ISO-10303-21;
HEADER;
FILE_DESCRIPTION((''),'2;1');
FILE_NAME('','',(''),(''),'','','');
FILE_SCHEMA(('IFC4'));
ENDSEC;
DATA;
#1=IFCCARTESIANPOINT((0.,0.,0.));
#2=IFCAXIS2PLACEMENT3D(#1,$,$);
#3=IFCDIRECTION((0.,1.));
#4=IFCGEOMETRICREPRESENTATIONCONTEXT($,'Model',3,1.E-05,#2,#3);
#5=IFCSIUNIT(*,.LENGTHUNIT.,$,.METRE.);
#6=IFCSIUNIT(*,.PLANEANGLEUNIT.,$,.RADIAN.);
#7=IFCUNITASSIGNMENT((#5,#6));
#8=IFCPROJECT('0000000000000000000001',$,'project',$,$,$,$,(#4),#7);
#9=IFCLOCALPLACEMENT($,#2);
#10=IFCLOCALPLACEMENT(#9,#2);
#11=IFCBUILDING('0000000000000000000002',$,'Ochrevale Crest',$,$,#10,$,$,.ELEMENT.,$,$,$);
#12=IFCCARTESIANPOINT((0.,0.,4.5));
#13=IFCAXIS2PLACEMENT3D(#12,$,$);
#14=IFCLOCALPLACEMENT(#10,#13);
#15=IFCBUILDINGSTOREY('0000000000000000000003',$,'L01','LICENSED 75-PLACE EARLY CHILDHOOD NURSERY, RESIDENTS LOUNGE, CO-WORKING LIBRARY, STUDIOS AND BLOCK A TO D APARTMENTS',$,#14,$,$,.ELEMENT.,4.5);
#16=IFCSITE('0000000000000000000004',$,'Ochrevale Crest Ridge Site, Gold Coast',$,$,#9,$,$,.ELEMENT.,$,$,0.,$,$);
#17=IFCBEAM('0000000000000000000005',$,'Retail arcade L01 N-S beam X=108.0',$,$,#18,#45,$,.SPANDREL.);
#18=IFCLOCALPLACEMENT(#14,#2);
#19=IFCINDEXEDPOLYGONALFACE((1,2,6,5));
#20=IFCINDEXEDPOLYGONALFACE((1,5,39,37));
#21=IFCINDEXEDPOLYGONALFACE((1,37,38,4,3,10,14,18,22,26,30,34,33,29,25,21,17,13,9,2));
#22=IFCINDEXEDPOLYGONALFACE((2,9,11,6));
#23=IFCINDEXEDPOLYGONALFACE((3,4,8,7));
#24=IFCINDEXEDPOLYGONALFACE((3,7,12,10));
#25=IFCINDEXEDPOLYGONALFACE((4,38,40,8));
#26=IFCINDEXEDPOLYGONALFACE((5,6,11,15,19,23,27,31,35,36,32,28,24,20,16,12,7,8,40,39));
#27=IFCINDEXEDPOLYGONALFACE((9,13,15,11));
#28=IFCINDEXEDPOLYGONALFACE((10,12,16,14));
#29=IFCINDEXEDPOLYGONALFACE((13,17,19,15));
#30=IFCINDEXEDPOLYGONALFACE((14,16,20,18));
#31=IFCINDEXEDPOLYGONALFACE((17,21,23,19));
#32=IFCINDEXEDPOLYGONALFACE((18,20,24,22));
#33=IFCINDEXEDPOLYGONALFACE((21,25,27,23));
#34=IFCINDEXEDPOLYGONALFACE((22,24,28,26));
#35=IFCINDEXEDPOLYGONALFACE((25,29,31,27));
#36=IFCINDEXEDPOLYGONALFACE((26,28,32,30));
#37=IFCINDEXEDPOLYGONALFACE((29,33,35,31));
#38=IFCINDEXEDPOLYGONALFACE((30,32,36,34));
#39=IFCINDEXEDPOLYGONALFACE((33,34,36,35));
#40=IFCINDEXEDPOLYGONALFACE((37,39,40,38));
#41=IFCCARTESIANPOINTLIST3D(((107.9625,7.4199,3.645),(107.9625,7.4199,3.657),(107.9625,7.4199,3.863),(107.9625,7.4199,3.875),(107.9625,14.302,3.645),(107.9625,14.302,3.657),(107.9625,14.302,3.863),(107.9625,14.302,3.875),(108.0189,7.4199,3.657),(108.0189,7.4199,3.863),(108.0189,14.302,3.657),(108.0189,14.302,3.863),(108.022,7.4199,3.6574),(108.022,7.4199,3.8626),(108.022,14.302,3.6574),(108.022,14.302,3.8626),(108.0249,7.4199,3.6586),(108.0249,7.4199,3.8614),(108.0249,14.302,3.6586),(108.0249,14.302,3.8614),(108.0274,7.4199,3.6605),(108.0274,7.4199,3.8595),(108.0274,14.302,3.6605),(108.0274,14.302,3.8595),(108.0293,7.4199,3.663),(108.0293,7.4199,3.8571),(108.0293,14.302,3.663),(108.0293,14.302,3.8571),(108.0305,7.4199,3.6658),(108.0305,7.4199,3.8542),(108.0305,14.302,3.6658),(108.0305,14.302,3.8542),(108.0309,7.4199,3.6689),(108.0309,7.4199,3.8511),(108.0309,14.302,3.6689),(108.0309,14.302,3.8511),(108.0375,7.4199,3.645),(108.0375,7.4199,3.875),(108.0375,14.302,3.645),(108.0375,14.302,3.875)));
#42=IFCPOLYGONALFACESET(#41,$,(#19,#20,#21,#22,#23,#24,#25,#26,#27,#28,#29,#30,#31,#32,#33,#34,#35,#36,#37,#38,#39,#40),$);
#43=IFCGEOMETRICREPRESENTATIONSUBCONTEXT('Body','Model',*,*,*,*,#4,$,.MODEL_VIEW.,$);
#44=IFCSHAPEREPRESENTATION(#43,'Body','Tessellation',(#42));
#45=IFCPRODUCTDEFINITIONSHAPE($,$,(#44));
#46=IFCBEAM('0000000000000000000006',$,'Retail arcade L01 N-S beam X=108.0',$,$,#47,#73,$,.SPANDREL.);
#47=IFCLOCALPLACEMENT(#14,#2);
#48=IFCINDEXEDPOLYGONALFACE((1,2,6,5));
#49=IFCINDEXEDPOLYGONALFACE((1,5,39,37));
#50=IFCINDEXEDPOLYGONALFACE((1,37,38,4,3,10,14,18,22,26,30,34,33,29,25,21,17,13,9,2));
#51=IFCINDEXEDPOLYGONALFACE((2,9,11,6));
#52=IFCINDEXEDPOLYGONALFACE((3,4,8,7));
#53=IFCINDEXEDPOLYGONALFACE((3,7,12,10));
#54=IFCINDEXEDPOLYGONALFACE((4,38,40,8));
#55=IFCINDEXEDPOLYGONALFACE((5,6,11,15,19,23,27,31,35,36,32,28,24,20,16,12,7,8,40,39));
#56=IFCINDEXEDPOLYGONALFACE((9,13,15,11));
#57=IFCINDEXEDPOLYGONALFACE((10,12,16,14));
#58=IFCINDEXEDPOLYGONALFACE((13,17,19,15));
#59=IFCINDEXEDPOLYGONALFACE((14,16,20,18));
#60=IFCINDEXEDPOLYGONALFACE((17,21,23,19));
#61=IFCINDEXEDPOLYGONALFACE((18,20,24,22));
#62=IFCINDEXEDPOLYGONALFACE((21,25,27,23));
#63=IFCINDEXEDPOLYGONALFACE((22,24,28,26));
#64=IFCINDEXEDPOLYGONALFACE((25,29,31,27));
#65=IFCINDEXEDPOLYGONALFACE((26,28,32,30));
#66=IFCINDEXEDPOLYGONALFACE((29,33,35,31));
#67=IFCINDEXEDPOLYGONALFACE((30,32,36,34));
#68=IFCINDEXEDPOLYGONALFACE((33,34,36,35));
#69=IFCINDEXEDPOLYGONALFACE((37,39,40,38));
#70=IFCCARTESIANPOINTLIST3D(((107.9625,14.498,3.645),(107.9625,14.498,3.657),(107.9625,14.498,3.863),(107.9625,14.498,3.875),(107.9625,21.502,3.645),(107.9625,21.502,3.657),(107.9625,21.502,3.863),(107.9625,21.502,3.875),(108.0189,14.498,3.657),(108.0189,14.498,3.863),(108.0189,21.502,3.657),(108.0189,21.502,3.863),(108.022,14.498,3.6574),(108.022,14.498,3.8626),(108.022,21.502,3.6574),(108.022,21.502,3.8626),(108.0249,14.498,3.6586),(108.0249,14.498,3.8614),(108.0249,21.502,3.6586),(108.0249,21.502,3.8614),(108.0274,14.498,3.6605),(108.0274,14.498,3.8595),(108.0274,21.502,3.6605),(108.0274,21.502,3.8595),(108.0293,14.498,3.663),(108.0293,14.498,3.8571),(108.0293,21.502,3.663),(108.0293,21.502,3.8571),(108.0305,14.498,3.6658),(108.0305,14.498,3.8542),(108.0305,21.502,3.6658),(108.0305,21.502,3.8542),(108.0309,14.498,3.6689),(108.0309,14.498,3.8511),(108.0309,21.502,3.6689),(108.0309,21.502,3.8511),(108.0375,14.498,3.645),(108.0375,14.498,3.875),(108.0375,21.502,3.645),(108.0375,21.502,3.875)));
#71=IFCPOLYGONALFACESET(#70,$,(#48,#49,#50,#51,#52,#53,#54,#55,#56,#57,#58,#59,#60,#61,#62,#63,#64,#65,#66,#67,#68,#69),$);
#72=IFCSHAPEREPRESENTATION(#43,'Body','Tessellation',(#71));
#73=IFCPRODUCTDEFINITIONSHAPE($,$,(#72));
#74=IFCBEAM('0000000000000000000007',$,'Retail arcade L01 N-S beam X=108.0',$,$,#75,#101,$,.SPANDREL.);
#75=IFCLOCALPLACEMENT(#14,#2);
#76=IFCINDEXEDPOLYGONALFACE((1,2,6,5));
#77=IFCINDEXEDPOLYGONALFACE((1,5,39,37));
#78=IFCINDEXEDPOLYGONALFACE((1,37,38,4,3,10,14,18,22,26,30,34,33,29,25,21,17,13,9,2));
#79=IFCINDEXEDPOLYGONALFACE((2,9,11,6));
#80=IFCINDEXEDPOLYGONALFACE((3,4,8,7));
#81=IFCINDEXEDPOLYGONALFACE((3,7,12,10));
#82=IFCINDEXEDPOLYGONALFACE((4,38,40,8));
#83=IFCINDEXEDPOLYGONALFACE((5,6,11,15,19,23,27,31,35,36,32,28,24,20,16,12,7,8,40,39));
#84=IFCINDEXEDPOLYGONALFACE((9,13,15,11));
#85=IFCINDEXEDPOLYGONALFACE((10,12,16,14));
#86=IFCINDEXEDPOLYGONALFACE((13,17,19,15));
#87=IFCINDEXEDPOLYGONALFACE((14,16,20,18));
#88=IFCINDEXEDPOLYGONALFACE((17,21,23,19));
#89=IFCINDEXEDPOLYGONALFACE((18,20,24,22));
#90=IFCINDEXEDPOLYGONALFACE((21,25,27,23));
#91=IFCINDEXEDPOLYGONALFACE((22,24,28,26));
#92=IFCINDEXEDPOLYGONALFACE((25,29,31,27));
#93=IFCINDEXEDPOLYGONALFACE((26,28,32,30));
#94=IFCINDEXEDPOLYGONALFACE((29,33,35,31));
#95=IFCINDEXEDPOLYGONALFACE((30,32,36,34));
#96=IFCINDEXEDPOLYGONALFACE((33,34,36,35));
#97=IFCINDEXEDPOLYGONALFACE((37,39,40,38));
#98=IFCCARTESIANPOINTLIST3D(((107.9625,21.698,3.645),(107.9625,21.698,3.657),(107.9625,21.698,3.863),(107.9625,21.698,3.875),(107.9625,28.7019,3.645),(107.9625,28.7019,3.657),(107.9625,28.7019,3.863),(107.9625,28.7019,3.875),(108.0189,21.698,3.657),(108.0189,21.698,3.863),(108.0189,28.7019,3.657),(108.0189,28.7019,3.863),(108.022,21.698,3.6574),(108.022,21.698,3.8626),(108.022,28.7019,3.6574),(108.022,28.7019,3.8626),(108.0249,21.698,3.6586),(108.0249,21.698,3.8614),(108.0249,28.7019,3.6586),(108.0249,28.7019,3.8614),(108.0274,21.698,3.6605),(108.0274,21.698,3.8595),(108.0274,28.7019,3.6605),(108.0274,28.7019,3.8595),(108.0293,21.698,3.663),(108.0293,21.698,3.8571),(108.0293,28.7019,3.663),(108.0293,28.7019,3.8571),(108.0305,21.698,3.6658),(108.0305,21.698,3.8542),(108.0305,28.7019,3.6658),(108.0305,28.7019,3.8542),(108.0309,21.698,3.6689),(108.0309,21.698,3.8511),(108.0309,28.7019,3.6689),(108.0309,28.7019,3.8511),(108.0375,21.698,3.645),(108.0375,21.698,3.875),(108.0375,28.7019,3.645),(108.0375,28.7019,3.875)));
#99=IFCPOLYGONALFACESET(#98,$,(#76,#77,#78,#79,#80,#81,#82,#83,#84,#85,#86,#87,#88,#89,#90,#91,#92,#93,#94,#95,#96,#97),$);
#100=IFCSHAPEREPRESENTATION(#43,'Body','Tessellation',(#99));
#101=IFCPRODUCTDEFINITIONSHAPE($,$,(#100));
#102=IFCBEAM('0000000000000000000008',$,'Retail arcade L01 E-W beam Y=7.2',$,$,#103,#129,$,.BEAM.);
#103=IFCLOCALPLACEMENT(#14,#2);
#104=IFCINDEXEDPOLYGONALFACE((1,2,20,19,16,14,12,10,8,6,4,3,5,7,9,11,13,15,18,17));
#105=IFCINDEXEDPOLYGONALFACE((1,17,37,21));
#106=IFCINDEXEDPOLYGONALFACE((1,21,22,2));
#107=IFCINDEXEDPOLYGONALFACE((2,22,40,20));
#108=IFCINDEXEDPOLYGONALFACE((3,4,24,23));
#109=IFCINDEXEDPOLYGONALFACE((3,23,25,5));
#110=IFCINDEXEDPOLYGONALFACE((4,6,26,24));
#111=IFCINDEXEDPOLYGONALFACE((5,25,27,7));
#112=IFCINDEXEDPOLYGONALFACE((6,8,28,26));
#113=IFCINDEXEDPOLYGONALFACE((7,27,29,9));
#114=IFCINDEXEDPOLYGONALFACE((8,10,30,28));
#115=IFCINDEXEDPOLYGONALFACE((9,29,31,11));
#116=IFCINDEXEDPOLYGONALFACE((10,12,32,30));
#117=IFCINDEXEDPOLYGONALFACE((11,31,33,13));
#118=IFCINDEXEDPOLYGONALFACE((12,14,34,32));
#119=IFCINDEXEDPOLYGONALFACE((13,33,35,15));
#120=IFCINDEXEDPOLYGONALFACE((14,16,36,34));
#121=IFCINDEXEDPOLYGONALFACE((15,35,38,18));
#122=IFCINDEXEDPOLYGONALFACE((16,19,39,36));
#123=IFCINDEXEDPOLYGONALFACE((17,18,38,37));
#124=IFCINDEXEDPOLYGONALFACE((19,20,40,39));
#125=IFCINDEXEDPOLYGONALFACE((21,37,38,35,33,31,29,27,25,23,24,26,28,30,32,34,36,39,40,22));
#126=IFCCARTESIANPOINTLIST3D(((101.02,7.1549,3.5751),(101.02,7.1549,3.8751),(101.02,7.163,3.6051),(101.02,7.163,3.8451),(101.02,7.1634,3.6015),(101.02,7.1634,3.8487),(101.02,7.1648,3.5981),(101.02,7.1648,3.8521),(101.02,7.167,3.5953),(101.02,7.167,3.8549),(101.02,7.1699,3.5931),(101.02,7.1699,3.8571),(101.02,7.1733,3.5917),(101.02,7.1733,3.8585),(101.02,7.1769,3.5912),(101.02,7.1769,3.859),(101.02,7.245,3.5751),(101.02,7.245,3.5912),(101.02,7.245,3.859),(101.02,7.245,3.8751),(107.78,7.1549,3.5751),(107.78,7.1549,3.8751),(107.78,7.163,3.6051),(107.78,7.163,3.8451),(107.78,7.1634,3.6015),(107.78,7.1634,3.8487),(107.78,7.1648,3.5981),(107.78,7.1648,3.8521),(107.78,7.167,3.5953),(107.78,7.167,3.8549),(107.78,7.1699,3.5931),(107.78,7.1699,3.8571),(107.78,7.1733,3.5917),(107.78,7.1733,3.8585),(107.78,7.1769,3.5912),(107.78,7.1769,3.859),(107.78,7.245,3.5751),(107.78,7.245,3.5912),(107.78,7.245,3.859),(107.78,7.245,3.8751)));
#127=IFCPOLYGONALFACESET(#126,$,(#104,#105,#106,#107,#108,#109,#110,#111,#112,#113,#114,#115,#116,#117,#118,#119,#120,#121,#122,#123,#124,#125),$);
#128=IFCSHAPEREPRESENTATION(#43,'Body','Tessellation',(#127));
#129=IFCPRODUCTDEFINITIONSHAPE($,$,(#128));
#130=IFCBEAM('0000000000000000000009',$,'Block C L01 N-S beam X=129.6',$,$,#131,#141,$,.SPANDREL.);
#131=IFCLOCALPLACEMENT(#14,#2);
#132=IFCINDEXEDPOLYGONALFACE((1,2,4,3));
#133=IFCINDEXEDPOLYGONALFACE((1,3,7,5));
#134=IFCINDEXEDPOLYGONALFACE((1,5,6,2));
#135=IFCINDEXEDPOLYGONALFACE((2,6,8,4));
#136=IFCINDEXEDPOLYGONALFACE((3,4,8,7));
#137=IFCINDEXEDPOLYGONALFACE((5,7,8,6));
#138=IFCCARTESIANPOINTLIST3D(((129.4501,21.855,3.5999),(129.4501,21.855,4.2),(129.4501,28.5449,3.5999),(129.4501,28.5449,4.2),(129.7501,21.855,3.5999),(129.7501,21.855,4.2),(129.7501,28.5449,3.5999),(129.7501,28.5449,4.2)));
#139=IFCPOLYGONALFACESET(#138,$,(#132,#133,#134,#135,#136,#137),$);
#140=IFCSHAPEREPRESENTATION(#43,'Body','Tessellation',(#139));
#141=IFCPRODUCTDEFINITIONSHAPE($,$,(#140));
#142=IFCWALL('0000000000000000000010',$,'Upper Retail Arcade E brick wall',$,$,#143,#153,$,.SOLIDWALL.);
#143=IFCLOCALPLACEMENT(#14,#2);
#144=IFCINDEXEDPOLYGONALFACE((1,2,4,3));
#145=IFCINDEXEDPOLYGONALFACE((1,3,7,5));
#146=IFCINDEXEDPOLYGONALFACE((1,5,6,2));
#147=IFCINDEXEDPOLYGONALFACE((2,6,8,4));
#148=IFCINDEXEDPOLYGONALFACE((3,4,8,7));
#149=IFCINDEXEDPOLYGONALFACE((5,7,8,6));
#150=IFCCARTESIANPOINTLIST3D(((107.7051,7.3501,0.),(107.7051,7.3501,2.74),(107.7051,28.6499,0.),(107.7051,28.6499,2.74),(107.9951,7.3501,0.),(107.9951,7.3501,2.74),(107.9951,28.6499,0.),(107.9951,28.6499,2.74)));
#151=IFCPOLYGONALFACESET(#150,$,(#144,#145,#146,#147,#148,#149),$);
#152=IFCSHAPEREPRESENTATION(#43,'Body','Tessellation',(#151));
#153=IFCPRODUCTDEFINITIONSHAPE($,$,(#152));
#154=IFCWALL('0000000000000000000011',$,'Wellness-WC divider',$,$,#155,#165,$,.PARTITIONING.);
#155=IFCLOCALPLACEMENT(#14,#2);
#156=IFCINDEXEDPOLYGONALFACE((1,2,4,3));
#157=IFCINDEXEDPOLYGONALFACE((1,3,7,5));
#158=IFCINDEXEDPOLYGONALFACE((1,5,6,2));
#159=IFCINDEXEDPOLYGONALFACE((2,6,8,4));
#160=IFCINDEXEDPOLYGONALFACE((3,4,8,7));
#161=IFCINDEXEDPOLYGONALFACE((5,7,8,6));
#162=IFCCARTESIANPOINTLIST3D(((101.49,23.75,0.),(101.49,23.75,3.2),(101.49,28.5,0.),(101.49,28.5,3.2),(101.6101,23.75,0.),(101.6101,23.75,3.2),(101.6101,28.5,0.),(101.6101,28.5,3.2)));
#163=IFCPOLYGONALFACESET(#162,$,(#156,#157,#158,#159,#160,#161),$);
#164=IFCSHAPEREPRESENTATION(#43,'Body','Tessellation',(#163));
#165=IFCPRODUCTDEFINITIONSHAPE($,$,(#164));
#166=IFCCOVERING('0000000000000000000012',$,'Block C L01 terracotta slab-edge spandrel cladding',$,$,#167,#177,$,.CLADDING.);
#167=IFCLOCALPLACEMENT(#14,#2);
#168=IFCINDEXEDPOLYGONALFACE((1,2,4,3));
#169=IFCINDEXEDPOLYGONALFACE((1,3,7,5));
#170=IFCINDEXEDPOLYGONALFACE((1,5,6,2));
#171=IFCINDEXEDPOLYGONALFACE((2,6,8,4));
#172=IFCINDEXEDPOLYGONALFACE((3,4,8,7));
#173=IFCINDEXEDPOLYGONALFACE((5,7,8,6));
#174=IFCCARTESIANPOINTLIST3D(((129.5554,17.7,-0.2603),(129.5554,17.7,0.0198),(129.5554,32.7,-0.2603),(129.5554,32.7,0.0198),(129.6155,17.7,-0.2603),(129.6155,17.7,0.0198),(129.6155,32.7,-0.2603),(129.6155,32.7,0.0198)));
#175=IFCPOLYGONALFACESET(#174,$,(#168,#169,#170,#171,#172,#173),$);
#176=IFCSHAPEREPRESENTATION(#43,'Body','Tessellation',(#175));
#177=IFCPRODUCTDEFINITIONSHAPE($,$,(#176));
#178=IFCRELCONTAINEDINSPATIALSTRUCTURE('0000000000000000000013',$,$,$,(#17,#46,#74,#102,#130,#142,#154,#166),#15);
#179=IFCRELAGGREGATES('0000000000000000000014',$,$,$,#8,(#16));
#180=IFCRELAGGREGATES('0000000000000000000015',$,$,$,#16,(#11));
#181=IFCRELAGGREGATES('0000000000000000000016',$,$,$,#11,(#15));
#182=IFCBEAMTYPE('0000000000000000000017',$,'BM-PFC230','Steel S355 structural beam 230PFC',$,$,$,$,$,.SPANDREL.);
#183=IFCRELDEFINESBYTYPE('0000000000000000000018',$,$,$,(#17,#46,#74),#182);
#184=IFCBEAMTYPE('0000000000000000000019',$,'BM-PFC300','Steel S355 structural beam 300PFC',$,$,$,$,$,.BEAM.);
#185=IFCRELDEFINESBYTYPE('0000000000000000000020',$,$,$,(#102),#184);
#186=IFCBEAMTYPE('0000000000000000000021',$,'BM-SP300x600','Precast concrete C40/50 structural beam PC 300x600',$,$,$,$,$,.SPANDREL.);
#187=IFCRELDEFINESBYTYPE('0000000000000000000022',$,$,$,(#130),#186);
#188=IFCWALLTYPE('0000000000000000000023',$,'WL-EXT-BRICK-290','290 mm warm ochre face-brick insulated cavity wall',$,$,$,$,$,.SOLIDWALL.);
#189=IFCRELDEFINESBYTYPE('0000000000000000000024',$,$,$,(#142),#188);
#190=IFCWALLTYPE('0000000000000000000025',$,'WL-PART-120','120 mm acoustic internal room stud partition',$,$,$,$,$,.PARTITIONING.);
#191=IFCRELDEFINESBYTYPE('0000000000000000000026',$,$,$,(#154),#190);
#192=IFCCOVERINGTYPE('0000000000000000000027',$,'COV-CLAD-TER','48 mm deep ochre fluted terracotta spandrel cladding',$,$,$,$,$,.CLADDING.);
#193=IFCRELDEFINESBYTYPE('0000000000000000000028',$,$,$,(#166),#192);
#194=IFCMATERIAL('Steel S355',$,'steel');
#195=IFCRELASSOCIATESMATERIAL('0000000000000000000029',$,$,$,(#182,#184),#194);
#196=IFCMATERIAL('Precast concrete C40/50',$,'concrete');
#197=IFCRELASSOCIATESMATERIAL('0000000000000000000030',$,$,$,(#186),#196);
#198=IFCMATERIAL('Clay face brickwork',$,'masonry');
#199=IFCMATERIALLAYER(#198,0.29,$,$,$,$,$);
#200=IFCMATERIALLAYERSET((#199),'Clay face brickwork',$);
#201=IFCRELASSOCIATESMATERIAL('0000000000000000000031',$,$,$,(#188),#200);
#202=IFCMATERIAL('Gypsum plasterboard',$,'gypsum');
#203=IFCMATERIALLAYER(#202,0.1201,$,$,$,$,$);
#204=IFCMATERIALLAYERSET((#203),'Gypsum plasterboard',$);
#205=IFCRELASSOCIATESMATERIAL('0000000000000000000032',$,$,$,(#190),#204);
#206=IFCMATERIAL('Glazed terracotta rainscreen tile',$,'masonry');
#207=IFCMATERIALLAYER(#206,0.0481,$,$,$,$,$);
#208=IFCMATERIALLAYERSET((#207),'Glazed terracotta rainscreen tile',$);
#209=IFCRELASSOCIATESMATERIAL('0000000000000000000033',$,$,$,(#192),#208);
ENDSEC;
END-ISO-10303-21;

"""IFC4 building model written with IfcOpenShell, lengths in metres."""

from ifc_helpers import new_model, si_unit, direction, frame, frame_2d, origin, origin_2d, place, context, subcontext, project, spatial, rectangle, u_section, extrude, material, layer, layer_set, material_profile, profile_set, type_object, element, save


model = new_model("IFC4")

# Units and contexts
model_context = context("Model", 3, precision=1e-05, world=origin(), true_north=direction((0.0, 1.0)))
body_context = subcontext(model_context, "Body", "Model", "MODEL_VIEW")
ifc_project = project(units=[si_unit("LENGTHUNIT", "METRE"), si_unit("PLANEANGLEUNIT", "RADIAN")], contexts=[model_context])

# Site, building, storey
site_placement = place(None, origin())
site = spatial("IfcSite", under=ifc_project, at=site_placement, Name="Ochrevale Crest Ridge Site, Gold Coast", CompositionType="ELEMENT", RefElevation=0.0)
building_placement = place(site_placement, origin())
building = spatial("IfcBuilding", under=site, at=building_placement, Name="Ochrevale Crest", CompositionType="ELEMENT")
storey_placement = place(building_placement, frame((0.0, 0.0, 4.5)))
storey = spatial("IfcBuildingStorey", under=building, at=storey_placement, Name="L01", Description="LICENSED 75-PLACE EARLY CHILDHOOD NURSERY, RESIDENTS LOUNGE, CO-WORKING LIBRARY, STUDIOS AND BLOCK A TO D APARTMENTS", CompositionType="ELEMENT", Elevation=4.5)

# Shared definitions
ifc_material_1 = material(Name="Precast concrete C40/50", Category="concrete")
ifc_material_2 = material(Name="Steel S355", Category="steel")

# Beams
ifc_material_profile_1 = material_profile(ifc_material_2, u_section(Depth=0.23, FlangeWidth=0.075, WebThickness=0.0066, FlangeThickness=0.012, FilletRadius=0.012, at=origin_2d()), Name="230PFC")
ifc_profile_set_1 = profile_set([ifc_material_profile_1], Name="Steel S355")
beam_type_1 = type_object("IfcBeamType", Name="BM-PFC230", Description="Steel S355 structural beam 230PFC", PredefinedType="SPANDREL", material=ifc_profile_set_1)
beam_1_placement = place(storey_placement, frame((108.0, 7.4199, 3.76), z_axis=(0.0, 1.0, 0.0), x_axis=(-1.0, 0.0, 0.0)))
element("IfcBeam", 1, at=beam_1_placement, inside=storey, type_object=beam_type_1, Name="Retail arcade L01 N-S beam X=108.0", PredefinedType="SPANDREL", context=body_context, shape_type="SweptSolid", body=[
    extrude(u_section(Depth=0.23, FlangeWidth=0.075, WebThickness=0.0066, FlangeThickness=0.012, FilletRadius=0.012, at=origin_2d()), origin(), (0.0, 0.0, 1.0), 6.8821),
])
for number, where, z_axis, x_axis, name in (
    (2, (108.0, 14.498, 3.76), (0.0, 1.0, 0.0), (-1.0, 0.0, 0.0), "Retail arcade L01 N-S beam X=108.0"),
    (3, (108.0, 21.698, 3.76), (0.0, 1.0, 0.0), (-1.0, 0.0, 0.0), "Retail arcade L01 N-S beam X=108.0"),
):
    element("IfcBeam", number, at=place(storey_placement, frame(where, z_axis=z_axis, x_axis=x_axis)), inside=storey, type_object=beam_type_1, Name=name, PredefinedType="SPANDREL", context=body_context, shape_type="SweptSolid", body=[
        extrude(u_section(Depth=0.23, FlangeWidth=0.075, WebThickness=0.0066, FlangeThickness=0.012, FilletRadius=0.012, at=origin_2d()), origin(), (0.0, 0.0, 1.0), 7.0039),
    ])
ifc_material_profile_2 = material_profile(ifc_material_2, u_section(Depth=0.3, FlangeWidth=0.0901, WebThickness=0.0081, FlangeThickness=0.0161, FilletRadius=0.0139, at=origin_2d()), Name="300PFC")
ifc_profile_set_2 = profile_set([ifc_material_profile_2], Name="Steel S355")
beam_type_2 = type_object("IfcBeamType", Name="BM-PFC300", Description="Steel S355 structural beam 300PFC", PredefinedType="BEAM", material=ifc_profile_set_2)
beam_2_placement = place(storey_placement, frame((101.02, 7.2, 3.7251), z_axis=(1.0, 0.0, 0.0), x_axis=(0.0, 1.0, 0.0)))
element("IfcBeam", 4, at=beam_2_placement, inside=storey, type_object=beam_type_2, Name="Retail arcade L01 E-W beam Y=7.2", PredefinedType="BEAM", context=body_context, shape_type="SweptSolid", body=[
    extrude(u_section(Depth=0.3, FlangeWidth=0.0901, WebThickness=0.0081, FlangeThickness=0.0161, FilletRadius=0.0139, at=origin_2d()), origin(), (0.0, 0.0, 1.0), 6.76),
])
ifc_material_profile_3 = material_profile(ifc_material_1, rectangle(XDim=0.3, YDim=0.6001, at=origin_2d()), Name="PC 300x600")
ifc_profile_set_3 = profile_set([ifc_material_profile_3], Name="Precast concrete C40/50")
beam_type_3 = type_object("IfcBeamType", Name="BM-SP300x600", Description="Precast concrete C40/50 structural beam PC 300x600", PredefinedType="SPANDREL", material=ifc_profile_set_3)
beam_3_placement = place(storey_placement, frame((129.6001, 21.855, 3.8999), z_axis=(0.0, 1.0, 0.0), x_axis=(-1.0, 0.0, 0.0)))
element("IfcBeam", 5, at=beam_3_placement, inside=storey, type_object=beam_type_3, Name="Block C L01 N-S beam X=129.6", PredefinedType="SPANDREL", context=body_context, shape_type="SweptSolid", body=[
    extrude(rectangle(XDim=0.3, YDim=0.6001, at=origin_2d()), origin(), (0.0, 0.0, 1.0), 6.6899),
])

# Walls
ifc_material_3 = material(Name="Clay face brickwork", Category="masonry")
ifc_layer_1 = layer(ifc_material_3, 0.29)
ifc_layer_set_1 = layer_set([ifc_layer_1], Name="Clay face brickwork")
wall_type_1 = type_object("IfcWallType", Name="WL-EXT-BRICK-290", Description="290 mm warm ochre face-brick insulated cavity wall", PredefinedType="SOLIDWALL", material=ifc_layer_set_1)
wall_1_placement = place(storey_placement, frame((107.8501, 7.3501, 0.0), z_axis=(0.0, 0.0, 1.0), x_axis=(0.0, 1.0, 0.0)))
element("IfcWall", 6, at=wall_1_placement, inside=storey, type_object=wall_type_1, Name="Upper Retail Arcade E brick wall", PredefinedType="SOLIDWALL", context=body_context, shape_type="SweptSolid", body=[
    extrude(rectangle(XDim=21.2998, YDim=0.29, at=frame_2d((10.6499, 0.0))), origin(), (0.0, 0.0, 1.0), 2.74),
])
ifc_material_4 = material(Name="Gypsum plasterboard", Category="gypsum")
ifc_layer_2 = layer(ifc_material_4, 0.1201)
ifc_layer_set_2 = layer_set([ifc_layer_2], Name="Gypsum plasterboard")
wall_type_2 = type_object("IfcWallType", Name="WL-PART-120", Description="120 mm acoustic internal room stud partition", PredefinedType="PARTITIONING", material=ifc_layer_set_2)
wall_2_placement = place(storey_placement, frame((101.55, 23.75, 0.0), z_axis=(0.0, 0.0, 1.0), x_axis=(0.0, 1.0, 0.0)))
element("IfcWall", 7, at=wall_2_placement, inside=storey, type_object=wall_type_2, Name="Wellness-WC divider", PredefinedType="PARTITIONING", context=body_context, shape_type="SweptSolid", body=[
    extrude(rectangle(XDim=4.75, YDim=0.1201, at=frame_2d((2.375, 0.0))), origin(), (0.0, 0.0, 1.0), 3.2),
])

# Covering
ifc_material_5 = material(Name="Glazed terracotta rainscreen tile", Category="masonry")
ifc_layer_3 = layer(ifc_material_5, 0.0481)
ifc_layer_set_3 = layer_set([ifc_layer_3], Name="Glazed terracotta rainscreen tile")
covering_type = type_object("IfcCoveringType", Name="COV-CLAD-TER", Description="48 mm deep ochre fluted terracotta spandrel cladding", PredefinedType="CLADDING", material=ifc_layer_set_3)
covering_placement = place(storey_placement, frame((129.5854, 25.2, -0.2603), z_axis=(0.0, 0.0, 1.0), x_axis=(0.0, -1.0, 0.0)))
element("IfcCovering", 8, at=covering_placement, inside=storey, type_object=covering_type, Name="Block C L01 terracotta slab-edge spandrel cladding", PredefinedType="CLADDING", context=body_context, shape_type="SweptSolid", body=[
    extrude(rectangle(XDim=15.0, YDim=0.0601, at=origin_2d()), origin(), (0.0, 0.0, 1.0), 0.28),
])

save(model, "model.ifc")
